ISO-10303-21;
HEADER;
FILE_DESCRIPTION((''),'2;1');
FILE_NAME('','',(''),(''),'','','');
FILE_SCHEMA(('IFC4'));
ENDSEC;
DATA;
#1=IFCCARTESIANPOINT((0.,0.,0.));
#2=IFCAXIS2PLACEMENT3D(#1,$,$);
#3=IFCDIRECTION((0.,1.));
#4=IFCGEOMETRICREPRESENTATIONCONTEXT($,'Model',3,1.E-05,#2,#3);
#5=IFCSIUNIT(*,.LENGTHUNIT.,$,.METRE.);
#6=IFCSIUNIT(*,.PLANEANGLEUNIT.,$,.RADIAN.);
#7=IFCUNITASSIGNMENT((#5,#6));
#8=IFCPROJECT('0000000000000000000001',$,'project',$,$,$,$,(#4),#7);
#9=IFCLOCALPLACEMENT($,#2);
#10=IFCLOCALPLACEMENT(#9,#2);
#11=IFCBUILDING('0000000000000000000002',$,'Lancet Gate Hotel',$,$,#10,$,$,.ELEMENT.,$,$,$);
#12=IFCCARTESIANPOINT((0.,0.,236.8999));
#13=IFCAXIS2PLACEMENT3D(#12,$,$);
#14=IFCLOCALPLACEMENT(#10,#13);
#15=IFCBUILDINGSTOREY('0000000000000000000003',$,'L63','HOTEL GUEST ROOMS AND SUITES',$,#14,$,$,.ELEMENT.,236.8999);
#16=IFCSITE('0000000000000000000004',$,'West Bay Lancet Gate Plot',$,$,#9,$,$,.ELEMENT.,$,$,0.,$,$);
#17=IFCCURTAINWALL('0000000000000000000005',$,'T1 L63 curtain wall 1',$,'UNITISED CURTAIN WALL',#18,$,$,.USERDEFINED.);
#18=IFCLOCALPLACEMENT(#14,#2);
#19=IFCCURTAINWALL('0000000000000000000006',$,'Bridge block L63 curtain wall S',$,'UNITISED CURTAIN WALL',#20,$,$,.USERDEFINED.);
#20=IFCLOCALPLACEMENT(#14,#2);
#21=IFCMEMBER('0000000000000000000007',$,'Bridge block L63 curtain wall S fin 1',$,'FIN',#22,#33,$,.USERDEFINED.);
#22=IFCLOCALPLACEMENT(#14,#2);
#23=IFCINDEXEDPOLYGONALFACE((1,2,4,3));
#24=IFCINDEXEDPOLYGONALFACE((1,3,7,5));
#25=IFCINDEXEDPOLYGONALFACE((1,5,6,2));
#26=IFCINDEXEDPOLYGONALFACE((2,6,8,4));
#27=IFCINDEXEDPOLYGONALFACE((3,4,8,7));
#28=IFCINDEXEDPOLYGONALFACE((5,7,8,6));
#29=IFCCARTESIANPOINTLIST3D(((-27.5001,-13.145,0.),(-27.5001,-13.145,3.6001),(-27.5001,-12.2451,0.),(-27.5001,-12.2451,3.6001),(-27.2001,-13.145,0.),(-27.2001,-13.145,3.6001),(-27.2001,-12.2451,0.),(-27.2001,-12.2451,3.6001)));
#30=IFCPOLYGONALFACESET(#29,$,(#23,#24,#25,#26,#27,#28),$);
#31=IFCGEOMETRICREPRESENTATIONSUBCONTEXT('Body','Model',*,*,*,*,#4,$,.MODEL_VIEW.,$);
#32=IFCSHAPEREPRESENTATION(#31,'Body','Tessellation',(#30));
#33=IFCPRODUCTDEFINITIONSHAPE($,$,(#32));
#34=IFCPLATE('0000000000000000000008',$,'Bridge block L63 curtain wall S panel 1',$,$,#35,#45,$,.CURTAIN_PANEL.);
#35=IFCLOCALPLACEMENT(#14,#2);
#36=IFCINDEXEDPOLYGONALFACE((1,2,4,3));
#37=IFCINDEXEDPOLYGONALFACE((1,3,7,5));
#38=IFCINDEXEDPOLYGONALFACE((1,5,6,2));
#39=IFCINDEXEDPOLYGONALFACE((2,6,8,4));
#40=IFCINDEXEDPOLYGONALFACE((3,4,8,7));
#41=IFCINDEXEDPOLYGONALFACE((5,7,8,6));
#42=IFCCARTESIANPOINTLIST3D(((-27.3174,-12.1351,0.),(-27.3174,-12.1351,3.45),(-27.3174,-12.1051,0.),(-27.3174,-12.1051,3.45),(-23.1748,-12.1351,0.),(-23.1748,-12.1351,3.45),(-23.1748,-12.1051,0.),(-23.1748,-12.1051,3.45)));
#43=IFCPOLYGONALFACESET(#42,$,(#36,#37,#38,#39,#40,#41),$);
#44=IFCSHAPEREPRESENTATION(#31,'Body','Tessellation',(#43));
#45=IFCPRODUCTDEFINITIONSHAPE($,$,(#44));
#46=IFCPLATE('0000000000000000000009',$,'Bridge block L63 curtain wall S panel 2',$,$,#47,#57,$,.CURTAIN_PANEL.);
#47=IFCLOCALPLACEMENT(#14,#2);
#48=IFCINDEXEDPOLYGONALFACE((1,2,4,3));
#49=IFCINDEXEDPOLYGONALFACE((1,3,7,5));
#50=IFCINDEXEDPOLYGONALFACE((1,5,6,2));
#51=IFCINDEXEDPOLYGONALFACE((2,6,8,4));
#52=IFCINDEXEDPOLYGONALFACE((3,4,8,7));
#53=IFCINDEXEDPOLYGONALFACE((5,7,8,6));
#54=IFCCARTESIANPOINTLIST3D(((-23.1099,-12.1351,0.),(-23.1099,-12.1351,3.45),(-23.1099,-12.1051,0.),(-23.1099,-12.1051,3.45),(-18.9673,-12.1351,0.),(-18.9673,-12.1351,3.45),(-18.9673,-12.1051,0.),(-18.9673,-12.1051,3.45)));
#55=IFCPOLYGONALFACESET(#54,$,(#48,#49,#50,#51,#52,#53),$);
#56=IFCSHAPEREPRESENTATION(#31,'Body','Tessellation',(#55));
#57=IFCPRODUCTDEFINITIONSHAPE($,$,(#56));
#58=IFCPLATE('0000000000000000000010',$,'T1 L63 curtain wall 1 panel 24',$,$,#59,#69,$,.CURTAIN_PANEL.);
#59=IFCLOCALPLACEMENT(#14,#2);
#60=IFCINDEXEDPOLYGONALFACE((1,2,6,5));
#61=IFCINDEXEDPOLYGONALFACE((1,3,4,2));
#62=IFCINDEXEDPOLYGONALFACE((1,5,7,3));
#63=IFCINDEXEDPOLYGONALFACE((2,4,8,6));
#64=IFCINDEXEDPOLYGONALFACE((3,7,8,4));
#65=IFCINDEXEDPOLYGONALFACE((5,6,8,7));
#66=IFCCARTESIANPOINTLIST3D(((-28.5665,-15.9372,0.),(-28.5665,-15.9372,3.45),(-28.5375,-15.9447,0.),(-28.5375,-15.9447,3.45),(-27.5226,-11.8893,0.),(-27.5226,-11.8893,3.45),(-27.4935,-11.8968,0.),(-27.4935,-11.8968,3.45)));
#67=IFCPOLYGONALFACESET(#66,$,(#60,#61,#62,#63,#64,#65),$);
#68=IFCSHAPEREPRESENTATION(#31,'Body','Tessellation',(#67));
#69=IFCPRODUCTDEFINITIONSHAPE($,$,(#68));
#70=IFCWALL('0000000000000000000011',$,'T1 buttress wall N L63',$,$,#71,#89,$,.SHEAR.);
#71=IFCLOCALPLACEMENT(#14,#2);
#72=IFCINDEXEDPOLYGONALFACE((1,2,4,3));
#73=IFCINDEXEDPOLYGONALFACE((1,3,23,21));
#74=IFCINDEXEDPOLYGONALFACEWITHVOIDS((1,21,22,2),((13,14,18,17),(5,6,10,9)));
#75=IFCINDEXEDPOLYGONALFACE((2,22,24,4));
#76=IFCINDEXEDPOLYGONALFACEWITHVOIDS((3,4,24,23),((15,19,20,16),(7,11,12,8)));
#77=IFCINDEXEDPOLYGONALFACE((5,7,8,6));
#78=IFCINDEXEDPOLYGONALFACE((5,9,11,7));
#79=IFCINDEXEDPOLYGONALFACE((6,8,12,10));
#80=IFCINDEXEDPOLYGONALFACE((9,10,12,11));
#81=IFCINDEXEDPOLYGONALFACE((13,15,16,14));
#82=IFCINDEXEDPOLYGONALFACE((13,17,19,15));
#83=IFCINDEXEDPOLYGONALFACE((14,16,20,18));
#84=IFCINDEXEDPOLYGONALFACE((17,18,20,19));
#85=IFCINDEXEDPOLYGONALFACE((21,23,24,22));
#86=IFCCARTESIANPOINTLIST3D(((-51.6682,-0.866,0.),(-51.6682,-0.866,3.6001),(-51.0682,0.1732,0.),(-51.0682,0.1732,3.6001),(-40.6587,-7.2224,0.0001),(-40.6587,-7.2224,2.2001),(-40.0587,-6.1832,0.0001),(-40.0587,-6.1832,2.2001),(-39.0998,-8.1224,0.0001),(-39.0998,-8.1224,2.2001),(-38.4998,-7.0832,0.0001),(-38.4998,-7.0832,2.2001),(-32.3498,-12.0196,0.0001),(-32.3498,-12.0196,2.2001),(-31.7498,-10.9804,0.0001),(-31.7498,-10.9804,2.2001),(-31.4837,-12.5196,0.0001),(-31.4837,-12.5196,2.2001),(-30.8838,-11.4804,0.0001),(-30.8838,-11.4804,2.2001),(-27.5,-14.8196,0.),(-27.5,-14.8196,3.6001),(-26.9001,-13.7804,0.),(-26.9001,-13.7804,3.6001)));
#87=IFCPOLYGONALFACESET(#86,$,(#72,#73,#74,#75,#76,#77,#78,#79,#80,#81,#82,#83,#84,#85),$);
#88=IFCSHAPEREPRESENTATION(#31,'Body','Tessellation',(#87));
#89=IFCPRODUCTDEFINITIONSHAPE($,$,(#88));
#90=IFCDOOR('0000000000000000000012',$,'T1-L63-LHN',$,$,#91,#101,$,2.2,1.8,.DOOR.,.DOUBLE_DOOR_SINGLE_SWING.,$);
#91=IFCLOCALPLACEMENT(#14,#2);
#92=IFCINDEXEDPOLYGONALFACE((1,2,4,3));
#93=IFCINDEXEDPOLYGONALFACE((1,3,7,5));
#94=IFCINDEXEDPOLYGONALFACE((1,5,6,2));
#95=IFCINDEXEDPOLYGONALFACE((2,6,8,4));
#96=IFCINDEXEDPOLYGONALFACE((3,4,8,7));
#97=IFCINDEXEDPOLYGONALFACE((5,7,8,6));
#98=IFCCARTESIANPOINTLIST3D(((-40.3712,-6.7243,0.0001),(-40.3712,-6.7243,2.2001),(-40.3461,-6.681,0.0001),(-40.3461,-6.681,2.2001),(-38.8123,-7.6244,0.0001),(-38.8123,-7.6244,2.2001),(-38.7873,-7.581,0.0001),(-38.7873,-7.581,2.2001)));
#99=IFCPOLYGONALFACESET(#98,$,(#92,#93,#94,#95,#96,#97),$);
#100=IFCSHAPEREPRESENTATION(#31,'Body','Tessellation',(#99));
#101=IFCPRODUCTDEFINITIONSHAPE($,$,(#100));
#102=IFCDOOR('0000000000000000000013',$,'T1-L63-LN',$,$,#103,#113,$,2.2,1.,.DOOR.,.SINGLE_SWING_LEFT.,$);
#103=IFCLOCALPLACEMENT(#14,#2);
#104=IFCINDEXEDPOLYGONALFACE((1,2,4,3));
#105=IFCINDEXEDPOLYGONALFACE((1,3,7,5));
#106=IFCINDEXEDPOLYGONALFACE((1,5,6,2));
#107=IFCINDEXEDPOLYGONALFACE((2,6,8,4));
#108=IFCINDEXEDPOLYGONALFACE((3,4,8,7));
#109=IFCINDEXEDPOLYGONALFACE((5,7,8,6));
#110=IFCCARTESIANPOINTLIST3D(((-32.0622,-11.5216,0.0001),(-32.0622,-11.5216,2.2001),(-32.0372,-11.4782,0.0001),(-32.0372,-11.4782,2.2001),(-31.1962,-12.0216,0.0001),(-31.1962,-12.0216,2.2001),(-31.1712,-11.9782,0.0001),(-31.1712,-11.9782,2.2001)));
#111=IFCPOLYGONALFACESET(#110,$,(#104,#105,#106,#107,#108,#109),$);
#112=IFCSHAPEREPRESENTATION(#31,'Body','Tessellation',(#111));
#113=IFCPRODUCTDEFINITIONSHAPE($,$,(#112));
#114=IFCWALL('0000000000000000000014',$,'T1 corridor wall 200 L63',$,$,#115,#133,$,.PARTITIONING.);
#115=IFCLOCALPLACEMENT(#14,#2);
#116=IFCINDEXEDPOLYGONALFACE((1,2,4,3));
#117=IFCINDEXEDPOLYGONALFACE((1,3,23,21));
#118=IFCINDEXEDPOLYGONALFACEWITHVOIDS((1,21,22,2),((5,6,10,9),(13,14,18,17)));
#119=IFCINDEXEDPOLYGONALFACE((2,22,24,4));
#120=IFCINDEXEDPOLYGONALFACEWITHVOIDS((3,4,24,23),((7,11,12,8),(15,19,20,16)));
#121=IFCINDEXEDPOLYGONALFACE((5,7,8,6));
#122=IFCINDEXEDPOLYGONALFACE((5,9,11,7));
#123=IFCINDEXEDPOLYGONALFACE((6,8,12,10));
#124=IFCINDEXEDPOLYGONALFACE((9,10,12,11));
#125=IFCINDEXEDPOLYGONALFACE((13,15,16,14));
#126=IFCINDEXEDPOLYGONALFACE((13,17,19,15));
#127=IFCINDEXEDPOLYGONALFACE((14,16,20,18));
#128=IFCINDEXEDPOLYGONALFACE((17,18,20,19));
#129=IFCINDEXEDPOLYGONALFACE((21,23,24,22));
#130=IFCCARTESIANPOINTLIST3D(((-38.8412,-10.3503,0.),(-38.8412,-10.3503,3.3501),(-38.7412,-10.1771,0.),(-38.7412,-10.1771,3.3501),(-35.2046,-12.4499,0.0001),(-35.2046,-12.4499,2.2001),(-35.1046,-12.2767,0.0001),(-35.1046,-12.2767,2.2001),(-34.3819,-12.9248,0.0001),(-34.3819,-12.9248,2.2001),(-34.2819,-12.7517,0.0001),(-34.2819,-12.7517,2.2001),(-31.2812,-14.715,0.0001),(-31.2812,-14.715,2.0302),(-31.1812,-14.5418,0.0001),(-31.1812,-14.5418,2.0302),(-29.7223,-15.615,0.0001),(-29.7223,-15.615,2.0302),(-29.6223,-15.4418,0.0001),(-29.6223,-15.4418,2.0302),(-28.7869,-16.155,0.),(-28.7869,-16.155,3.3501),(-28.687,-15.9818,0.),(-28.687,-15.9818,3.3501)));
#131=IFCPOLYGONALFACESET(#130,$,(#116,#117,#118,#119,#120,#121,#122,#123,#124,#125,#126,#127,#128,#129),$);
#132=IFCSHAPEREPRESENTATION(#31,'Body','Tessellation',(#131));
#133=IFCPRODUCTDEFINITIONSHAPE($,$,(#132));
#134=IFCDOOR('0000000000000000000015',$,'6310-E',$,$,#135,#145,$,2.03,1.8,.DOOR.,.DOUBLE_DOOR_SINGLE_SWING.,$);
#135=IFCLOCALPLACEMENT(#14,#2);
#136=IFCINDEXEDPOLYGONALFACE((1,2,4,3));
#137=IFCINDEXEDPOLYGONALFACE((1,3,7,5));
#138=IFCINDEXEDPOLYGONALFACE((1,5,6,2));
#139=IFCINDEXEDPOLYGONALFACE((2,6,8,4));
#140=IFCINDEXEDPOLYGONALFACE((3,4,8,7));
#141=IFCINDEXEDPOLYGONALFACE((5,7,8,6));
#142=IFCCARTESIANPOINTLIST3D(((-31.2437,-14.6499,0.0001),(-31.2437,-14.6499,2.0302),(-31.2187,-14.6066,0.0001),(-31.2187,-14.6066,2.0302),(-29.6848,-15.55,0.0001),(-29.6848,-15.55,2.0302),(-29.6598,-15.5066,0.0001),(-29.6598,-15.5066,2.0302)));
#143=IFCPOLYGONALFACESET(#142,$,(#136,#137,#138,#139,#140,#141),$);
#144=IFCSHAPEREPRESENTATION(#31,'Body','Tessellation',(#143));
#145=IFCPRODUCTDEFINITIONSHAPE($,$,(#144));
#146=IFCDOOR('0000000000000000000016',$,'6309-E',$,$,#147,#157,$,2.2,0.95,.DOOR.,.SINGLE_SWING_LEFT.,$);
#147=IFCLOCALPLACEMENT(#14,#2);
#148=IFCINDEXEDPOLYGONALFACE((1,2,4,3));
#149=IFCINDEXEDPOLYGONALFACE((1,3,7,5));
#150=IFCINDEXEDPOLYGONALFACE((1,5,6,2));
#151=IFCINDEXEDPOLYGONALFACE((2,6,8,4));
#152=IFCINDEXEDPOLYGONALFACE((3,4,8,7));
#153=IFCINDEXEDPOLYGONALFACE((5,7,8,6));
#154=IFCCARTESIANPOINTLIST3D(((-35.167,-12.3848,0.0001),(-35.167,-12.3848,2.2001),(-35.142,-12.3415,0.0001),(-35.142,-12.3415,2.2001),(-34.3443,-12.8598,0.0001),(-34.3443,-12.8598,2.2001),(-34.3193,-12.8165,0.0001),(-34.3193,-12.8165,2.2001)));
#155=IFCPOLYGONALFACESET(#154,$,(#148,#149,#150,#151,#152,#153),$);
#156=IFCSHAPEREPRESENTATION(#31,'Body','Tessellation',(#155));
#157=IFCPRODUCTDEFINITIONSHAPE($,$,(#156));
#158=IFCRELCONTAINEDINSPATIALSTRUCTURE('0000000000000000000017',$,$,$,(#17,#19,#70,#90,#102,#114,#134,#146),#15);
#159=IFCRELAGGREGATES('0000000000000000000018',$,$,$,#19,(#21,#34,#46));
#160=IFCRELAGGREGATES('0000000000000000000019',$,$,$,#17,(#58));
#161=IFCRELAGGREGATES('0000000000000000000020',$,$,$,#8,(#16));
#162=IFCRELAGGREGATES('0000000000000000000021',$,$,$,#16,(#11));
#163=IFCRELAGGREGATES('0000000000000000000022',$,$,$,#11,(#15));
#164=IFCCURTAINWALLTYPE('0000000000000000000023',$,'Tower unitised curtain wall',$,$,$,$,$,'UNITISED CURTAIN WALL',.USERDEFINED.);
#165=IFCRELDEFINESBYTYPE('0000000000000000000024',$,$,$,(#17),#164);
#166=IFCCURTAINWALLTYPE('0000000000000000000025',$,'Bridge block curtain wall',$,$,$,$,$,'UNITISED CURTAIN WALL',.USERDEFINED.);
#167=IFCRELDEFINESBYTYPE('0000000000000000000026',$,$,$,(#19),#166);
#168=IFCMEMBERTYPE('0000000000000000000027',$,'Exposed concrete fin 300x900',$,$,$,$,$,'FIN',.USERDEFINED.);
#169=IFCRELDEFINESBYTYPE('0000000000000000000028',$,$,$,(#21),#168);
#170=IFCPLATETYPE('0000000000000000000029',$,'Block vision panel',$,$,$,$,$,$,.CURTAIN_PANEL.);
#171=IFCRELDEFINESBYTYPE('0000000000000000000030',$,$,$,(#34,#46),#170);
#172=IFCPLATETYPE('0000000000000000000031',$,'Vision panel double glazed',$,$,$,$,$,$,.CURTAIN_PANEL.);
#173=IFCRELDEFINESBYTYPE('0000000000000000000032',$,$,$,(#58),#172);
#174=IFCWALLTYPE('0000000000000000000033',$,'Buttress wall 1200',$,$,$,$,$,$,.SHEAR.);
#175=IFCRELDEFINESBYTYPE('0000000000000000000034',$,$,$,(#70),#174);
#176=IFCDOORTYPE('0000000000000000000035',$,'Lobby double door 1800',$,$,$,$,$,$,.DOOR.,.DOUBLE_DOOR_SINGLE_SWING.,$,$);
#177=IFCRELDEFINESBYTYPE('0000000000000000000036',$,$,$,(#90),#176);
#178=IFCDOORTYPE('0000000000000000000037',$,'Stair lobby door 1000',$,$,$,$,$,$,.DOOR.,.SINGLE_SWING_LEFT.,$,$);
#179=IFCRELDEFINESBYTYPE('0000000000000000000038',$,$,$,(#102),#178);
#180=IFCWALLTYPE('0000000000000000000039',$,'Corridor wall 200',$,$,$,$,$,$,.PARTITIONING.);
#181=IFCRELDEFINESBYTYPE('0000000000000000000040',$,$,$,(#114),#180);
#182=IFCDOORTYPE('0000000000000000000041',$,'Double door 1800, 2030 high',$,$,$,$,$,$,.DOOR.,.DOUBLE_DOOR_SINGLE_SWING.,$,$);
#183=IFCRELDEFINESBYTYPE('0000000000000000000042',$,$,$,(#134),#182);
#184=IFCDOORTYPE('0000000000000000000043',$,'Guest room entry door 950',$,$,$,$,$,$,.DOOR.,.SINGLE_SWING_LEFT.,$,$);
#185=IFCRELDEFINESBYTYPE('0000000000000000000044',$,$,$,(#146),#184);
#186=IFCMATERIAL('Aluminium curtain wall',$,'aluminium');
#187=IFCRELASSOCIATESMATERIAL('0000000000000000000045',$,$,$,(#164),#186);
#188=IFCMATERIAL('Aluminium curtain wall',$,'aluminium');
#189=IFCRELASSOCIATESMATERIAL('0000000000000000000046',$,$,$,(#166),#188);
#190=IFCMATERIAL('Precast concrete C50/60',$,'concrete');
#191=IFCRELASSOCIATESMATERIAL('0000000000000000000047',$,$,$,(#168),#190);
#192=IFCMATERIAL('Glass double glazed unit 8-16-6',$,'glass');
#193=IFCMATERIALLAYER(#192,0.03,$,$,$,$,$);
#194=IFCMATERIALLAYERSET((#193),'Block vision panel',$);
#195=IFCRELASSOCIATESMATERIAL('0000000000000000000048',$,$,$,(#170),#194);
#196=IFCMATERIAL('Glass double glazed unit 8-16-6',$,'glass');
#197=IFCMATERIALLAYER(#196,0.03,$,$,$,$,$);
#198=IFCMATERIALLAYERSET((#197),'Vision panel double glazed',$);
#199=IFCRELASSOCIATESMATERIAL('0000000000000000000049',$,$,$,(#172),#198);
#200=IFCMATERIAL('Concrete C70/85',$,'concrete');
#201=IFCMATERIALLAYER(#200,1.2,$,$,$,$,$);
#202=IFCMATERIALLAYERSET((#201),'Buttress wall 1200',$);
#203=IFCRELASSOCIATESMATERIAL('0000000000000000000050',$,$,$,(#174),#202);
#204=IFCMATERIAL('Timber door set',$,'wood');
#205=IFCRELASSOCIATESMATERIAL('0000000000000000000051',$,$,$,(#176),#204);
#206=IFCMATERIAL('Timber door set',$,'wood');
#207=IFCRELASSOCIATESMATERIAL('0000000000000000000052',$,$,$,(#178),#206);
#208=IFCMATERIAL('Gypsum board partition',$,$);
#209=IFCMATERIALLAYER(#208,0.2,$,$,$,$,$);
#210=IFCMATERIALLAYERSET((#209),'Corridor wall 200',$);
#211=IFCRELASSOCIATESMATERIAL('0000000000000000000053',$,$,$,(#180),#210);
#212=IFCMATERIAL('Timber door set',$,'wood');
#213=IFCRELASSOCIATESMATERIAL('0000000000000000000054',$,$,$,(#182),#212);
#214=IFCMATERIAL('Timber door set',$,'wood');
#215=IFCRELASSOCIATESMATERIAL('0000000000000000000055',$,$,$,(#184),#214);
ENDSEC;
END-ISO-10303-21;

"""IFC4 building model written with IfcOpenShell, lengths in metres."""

from ifc_helpers import new_model, si_unit, direction, frame, frame_2d, origin, origin_2d, place, context, subcontext, project, spatial, rectangle, extrude, material, layer, layer_set, material_profile, profile_set, type_object, element, fill, aggregate, save


model = new_model("IFC4")

# Units and contexts
model_context = context("Model", 3, precision=1e-05, world=origin(), true_north=direction((0.0, 1.0)))
body_context = subcontext(model_context, "Body", "Model", "MODEL_VIEW")
ifc_project = project(units=[si_unit("LENGTHUNIT", "METRE"), si_unit("PLANEANGLEUNIT", "RADIAN")], contexts=[model_context])

# Site, building, storey
site_placement = place(None, origin())
site = spatial("IfcSite", under=ifc_project, at=site_placement, Name="West Bay Lancet Gate Plot", CompositionType="ELEMENT", RefElevation=0.0)
building_placement = place(site_placement, origin())
building = spatial("IfcBuilding", under=site, at=building_placement, Name="Lancet Gate Hotel", CompositionType="ELEMENT")
storey_placement = place(building_placement, frame((0.0, 0.0, 236.8999)))
storey = spatial("IfcBuildingStorey", under=building, at=storey_placement, Name="L63", Description="HOTEL GUEST ROOMS AND SUITES", CompositionType="ELEMENT", Elevation=236.8999)

# Curtain walls
ifc_material_1 = material(Name="Aluminium curtain wall", Category="aluminium")
curtain_wall_type_1 = type_object("IfcCurtainWallType", Name="Tower unitised curtain wall", ElementType="UNITISED CURTAIN WALL", PredefinedType="USERDEFINED", material=ifc_material_1)
curtain_wall_1_placement = place(storey_placement, origin())
curtain_wall_1 = element("IfcCurtainWall", 1, at=curtain_wall_1_placement, inside=storey, type_object=curtain_wall_type_1, Name="T1 L63 curtain wall 1", ObjectType="UNITISED CURTAIN WALL", PredefinedType="USERDEFINED")
ifc_material_2 = material(Name="Aluminium curtain wall", Category="aluminium")
curtain_wall_type_2 = type_object("IfcCurtainWallType", Name="Bridge block curtain wall", ElementType="UNITISED CURTAIN WALL", PredefinedType="USERDEFINED", material=ifc_material_2)
curtain_wall_2_placement = place(storey_placement, origin())
curtain_wall_2 = element("IfcCurtainWall", 2, at=curtain_wall_2_placement, inside=storey, type_object=curtain_wall_type_2, Name="Bridge block L63 curtain wall S", ObjectType="UNITISED CURTAIN WALL", PredefinedType="USERDEFINED")

# Member
ifc_material_3 = material(Name="Precast concrete C50/60", Category="concrete")
ifc_material_profile_1 = material_profile(ifc_material_3, rectangle(XDim=0.3, YDim=0.8999, at=origin_2d()), Name="FIN 300x900")
ifc_profile_set_1 = profile_set([ifc_material_profile_1], Name="Precast concrete C50/60")
member_type_1 = type_object("IfcMemberType", Name="Exposed concrete fin 300x900", ElementType="FIN", PredefinedType="USERDEFINED", material=ifc_profile_set_1)
member_1_placement = place(storey_placement, frame((-27.3501, -12.6951, 0.0), z_axis=(0.0, 0.0, 1.0), x_axis=(1.0, 0.0, 0.0)))
member_1 = element("IfcMember", 3, at=member_1_placement, type_object=member_type_1, Name="Bridge block L63 curtain wall S fin 1", ObjectType="FIN", PredefinedType="USERDEFINED", context=body_context, shape_type="SweptSolid", body=[
    extrude(rectangle(XDim=0.3, YDim=0.8999, at=origin_2d()), origin(), (0.0, 0.0, 1.0), 3.6001),
])

# Plates
ifc_material_4 = material(Name="Glass double glazed unit 8-16-6", Category="glass")
ifc_layer_1 = layer(ifc_material_4, 0.03)
ifc_layer_set_1 = layer_set([ifc_layer_1], Name="Block vision panel")
plate_type_1 = type_object("IfcPlateType", Name="Block vision panel", PredefinedType="CURTAIN_PANEL", material=ifc_layer_set_1)
plate_1_placement = place(storey_placement, frame((-25.2461, -12.1201, 0.0), z_axis=(0.0, 0.0, 1.0), x_axis=(1.0, 0.0, 0.0)))
plate_1 = element("IfcPlate", 4, at=plate_1_placement, type_object=plate_type_1, Name="Bridge block L63 curtain wall S panel 1", PredefinedType="CURTAIN_PANEL", context=body_context, shape_type="SweptSolid", body=[
    extrude(rectangle(XDim=4.1426, YDim=0.03, at=origin_2d()), origin(), (0.0, 0.0, 1.0), 3.45),
])
plate_2_placement = place(storey_placement, frame((-21.0386, -12.1201, 0.0), z_axis=(0.0, 0.0, 1.0), x_axis=(1.0, 0.0, 0.0)))
plate_2 = element("IfcPlate", 5, at=plate_2_placement, type_object=plate_type_1, Name="Bridge block L63 curtain wall S panel 2", PredefinedType="CURTAIN_PANEL", context=body_context, shape_type="SweptSolid", body=[
    extrude(rectangle(XDim=4.1426, YDim=0.03, at=origin_2d()), origin(), (0.0, 0.0, 1.0), 3.45),
])
aggregate(curtain_wall_2, [member_1, plate_1, plate_2])
ifc_material_5 = material(Name="Glass double glazed unit 8-16-6", Category="glass")
ifc_layer_2 = layer(ifc_material_5, 0.03)
ifc_layer_set_2 = layer_set([ifc_layer_2], Name="Vision panel double glazed")
plate_type_2 = type_object("IfcPlateType", Name="Vision panel double glazed", PredefinedType="CURTAIN_PANEL", material=ifc_layer_set_2)
plate_3_placement = place(storey_placement, frame((-28.03, -13.917, 0.0), z_axis=(0.0, 0.0, 1.0), x_axis=(0.249726, 0.968317, 0.0)))
plate_3 = element("IfcPlate", 6, at=plate_3_placement, type_object=plate_type_2, Name="T1 L63 curtain wall 1 panel 24", PredefinedType="CURTAIN_PANEL", context=body_context, shape_type="SweptSolid", body=[
    extrude(rectangle(XDim=4.1804, YDim=0.03, at=origin_2d()), origin(), (0.0, 0.0, 1.0), 3.45),
])
aggregate(curtain_wall_1, [plate_3])

# Walls, openings, doors
ifc_material_6 = material(Name="Concrete C70/85", Category="concrete")
ifc_layer_3 = layer(ifc_material_6, 1.2)
ifc_layer_set_3 = layer_set([ifc_layer_3], Name="Buttress wall 1200")
wall_type_1 = type_object("IfcWallType", Name="Buttress wall 1200", PredefinedType="SHEAR", material=ifc_layer_set_3)
wall_1_placement = place(storey_placement, frame((-27.2, -14.3, 0.0), z_axis=(0.0, 0.0, 1.0), x_axis=(-0.866024, 0.500002, 0.0)))
wall_1 = element("IfcWall", 7, at=wall_1_placement, inside=storey, type_object=wall_type_1, Name="T1 buttress wall N L63", PredefinedType="SHEAR", context=body_context, shape_type="SweptSolid", body=[
    extrude(rectangle(XDim=27.907, YDim=1.2, at=frame_2d((13.9536, 0.0))), origin(), (0.0, 0.0, 1.0), 3.6001),
])
opening_1_placement = place(wall_1_placement, frame((4.6001, 0.0, 0.0)))
opening_1 = element("IfcOpeningElement", 8, at=opening_1_placement, cuts=wall_1, PredefinedType="OPENING", context=body_context, shape_type="SweptSolid", body=[
    extrude(rectangle(XDim=1.0, YDim=2.2, at=frame_2d((0.5, 1.1001))), frame((0.0, 0.6099, 0.0), z_axis=(0.0, -1.0, 0.0), x_axis=(1.0, 0.0, 0.0)), (0.0, 0.0, 1.0), 1.22),
])
opening_2_placement = place(wall_1_placement, frame((13.3945, 0.0, 0.0)))
opening_2 = element("IfcOpeningElement", 9, at=opening_2_placement, cuts=wall_1, PredefinedType="OPENING", context=body_context, shape_type="SweptSolid", body=[
    extrude(rectangle(XDim=1.8, YDim=2.2, at=frame_2d((0.8999, 1.1001))), frame((0.0, 0.6099, 0.0), z_axis=(0.0, -1.0, 0.0), x_axis=(1.0, 0.0, 0.0)), (0.0, 0.0, 1.0), 1.22),
])
ifc_material_7 = material(Name="Timber door set", Category="wood")
door_type_1 = type_object("IfcDoorType", Name="Lobby double door 1800", OperationType="DOUBLE_DOOR_SINGLE_SWING", PredefinedType="DOOR", material=ifc_material_7)
door_1_placement = place(opening_2_placement, origin())
door_1 = element("IfcDoor", 10, at=door_1_placement, inside=storey, type_object=door_type_1, Name="T1-L63-LHN", OperationType="DOUBLE_DOOR_SINGLE_SWING", OverallHeight=2.2, OverallWidth=1.8, PredefinedType="DOOR", context=body_context, shape_type="SweptSolid", body=[
    extrude(rectangle(XDim=1.8, YDim=2.2, at=frame_2d((0.8999, 1.1001))), frame((0.0, 0.0249, 0.0), z_axis=(0.0, -1.0, 0.0), x_axis=(1.0, 0.0, 0.0)), (0.0, 0.0, 1.0), 0.05),
])
fill(opening_2, door_1)
ifc_material_8 = material(Name="Timber door set", Category="wood")
door_type_2 = type_object("IfcDoorType", Name="Stair lobby door 1000", OperationType="SINGLE_SWING_LEFT", PredefinedType="DOOR", material=ifc_material_8)
door_2_placement = place(opening_1_placement, origin())
door_2 = element("IfcDoor", 11, at=door_2_placement, inside=storey, type_object=door_type_2, Name="T1-L63-LN", OperationType="SINGLE_SWING_LEFT", OverallHeight=2.2, OverallWidth=1.0, PredefinedType="DOOR", context=body_context, shape_type="SweptSolid", body=[
    extrude(rectangle(XDim=1.0, YDim=2.2, at=frame_2d((0.5, 1.1001))), frame((0.0, 0.0249, 0.0), z_axis=(0.0, -1.0, 0.0), x_axis=(1.0, 0.0, 0.0)), (0.0, 0.0, 1.0), 0.05),
])
fill(opening_1, door_2)
ifc_material_9 = material(Name="Gypsum board partition")
ifc_layer_4 = layer(ifc_material_9, 0.2)
ifc_layer_set_4 = layer_set([ifc_layer_4], Name="Corridor wall 200")
wall_type_2 = type_object("IfcWallType", Name="Corridor wall 200", PredefinedType="PARTITIONING", material=ifc_layer_set_4)
wall_2_placement = place(storey_placement, frame((-28.7371, -16.0684, 0.0), z_axis=(0.0, 0.0, 1.0), x_axis=(-0.866029, 0.499993, 0.0)))
wall_2 = element("IfcWall", 12, at=wall_2_placement, inside=storey, type_object=wall_type_2, Name="T1 corridor wall 200 L63", PredefinedType="PARTITIONING", context=body_context, shape_type="SweptSolid", body=[
    extrude(rectangle(XDim=11.6096, YDim=0.2, at=frame_2d((5.8047, 0.0))), origin(), (0.0, 0.0, 1.0), 3.3501),
])
opening_3_placement = place(wall_2_placement, frame((1.0801, 0.0, 0.0)))
opening_3 = element("IfcOpeningElement", 13, at=opening_3_placement, cuts=wall_2, PredefinedType="OPENING", context=body_context, shape_type="SweptSolid", body=[
    extrude(rectangle(XDim=1.8, YDim=2.03, at=frame_2d((0.8999, 1.0151))), frame((0.0, 0.1099, 0.0), z_axis=(0.0, -1.0, 0.0), x_axis=(1.0, 0.0, 0.0)), (0.0, 0.0, 1.0), 0.22),
])
opening_4_placement = place(wall_2_placement, frame((6.4602, 0.0, 0.0)))
opening_4 = element("IfcOpeningElement", 14, at=opening_4_placement, cuts=wall_2, PredefinedType="OPENING", context=body_context, shape_type="SweptSolid", body=[
    extrude(rectangle(XDim=0.95, YDim=2.2, at=frame_2d((0.4751, 1.1001))), frame((0.0, 0.1099, 0.0), z_axis=(0.0, -1.0, 0.0), x_axis=(1.0, 0.0, 0.0)), (0.0, 0.0, 1.0), 0.22),
])
ifc_material_10 = material(Name="Timber door set", Category="wood")
door_type_3 = type_object("IfcDoorType", Name="Double door 1800, 2030 high", OperationType="DOUBLE_DOOR_SINGLE_SWING", PredefinedType="DOOR", material=ifc_material_10)
door_3_placement = place(opening_3_placement, origin())
door_3 = element("IfcDoor", 15, at=door_3_placement, inside=storey, type_object=door_type_3, Name="6310-E", OperationType="DOUBLE_DOOR_SINGLE_SWING", OverallHeight=2.03, OverallWidth=1.8, PredefinedType="DOOR", context=body_context, shape_type="SweptSolid", body=[
    extrude(rectangle(XDim=1.8, YDim=2.03, at=frame_2d((0.8999, 1.0151))), frame((0.0, 0.0249, 0.0), z_axis=(0.0, -1.0, 0.0), x_axis=(1.0, 0.0, 0.0)), (0.0, 0.0, 1.0), 0.05),
])
fill(opening_3, door_3)
ifc_material_11 = material(Name="Timber door set", Category="wood")
door_type_4 = type_object("IfcDoorType", Name="Guest room entry door 950", OperationType="SINGLE_SWING_LEFT", PredefinedType="DOOR", material=ifc_material_11)
door_4_placement = place(opening_4_placement, origin())
door_4 = element("IfcDoor", 16, at=door_4_placement, inside=storey, type_object=door_type_4, Name="6309-E", OperationType="SINGLE_SWING_LEFT", OverallHeight=2.2, OverallWidth=0.95, PredefinedType="DOOR", context=body_context, shape_type="SweptSolid", body=[
    extrude(rectangle(XDim=0.95, YDim=2.2, at=frame_2d((0.4751, 1.1001))), frame((0.0, 0.0249, 0.0), z_axis=(0.0, -1.0, 0.0), x_axis=(1.0, 0.0, 0.0)), (0.0, 0.0, 1.0), 0.05),
])
fill(opening_4, door_4)

save(model, "model.ifc")
